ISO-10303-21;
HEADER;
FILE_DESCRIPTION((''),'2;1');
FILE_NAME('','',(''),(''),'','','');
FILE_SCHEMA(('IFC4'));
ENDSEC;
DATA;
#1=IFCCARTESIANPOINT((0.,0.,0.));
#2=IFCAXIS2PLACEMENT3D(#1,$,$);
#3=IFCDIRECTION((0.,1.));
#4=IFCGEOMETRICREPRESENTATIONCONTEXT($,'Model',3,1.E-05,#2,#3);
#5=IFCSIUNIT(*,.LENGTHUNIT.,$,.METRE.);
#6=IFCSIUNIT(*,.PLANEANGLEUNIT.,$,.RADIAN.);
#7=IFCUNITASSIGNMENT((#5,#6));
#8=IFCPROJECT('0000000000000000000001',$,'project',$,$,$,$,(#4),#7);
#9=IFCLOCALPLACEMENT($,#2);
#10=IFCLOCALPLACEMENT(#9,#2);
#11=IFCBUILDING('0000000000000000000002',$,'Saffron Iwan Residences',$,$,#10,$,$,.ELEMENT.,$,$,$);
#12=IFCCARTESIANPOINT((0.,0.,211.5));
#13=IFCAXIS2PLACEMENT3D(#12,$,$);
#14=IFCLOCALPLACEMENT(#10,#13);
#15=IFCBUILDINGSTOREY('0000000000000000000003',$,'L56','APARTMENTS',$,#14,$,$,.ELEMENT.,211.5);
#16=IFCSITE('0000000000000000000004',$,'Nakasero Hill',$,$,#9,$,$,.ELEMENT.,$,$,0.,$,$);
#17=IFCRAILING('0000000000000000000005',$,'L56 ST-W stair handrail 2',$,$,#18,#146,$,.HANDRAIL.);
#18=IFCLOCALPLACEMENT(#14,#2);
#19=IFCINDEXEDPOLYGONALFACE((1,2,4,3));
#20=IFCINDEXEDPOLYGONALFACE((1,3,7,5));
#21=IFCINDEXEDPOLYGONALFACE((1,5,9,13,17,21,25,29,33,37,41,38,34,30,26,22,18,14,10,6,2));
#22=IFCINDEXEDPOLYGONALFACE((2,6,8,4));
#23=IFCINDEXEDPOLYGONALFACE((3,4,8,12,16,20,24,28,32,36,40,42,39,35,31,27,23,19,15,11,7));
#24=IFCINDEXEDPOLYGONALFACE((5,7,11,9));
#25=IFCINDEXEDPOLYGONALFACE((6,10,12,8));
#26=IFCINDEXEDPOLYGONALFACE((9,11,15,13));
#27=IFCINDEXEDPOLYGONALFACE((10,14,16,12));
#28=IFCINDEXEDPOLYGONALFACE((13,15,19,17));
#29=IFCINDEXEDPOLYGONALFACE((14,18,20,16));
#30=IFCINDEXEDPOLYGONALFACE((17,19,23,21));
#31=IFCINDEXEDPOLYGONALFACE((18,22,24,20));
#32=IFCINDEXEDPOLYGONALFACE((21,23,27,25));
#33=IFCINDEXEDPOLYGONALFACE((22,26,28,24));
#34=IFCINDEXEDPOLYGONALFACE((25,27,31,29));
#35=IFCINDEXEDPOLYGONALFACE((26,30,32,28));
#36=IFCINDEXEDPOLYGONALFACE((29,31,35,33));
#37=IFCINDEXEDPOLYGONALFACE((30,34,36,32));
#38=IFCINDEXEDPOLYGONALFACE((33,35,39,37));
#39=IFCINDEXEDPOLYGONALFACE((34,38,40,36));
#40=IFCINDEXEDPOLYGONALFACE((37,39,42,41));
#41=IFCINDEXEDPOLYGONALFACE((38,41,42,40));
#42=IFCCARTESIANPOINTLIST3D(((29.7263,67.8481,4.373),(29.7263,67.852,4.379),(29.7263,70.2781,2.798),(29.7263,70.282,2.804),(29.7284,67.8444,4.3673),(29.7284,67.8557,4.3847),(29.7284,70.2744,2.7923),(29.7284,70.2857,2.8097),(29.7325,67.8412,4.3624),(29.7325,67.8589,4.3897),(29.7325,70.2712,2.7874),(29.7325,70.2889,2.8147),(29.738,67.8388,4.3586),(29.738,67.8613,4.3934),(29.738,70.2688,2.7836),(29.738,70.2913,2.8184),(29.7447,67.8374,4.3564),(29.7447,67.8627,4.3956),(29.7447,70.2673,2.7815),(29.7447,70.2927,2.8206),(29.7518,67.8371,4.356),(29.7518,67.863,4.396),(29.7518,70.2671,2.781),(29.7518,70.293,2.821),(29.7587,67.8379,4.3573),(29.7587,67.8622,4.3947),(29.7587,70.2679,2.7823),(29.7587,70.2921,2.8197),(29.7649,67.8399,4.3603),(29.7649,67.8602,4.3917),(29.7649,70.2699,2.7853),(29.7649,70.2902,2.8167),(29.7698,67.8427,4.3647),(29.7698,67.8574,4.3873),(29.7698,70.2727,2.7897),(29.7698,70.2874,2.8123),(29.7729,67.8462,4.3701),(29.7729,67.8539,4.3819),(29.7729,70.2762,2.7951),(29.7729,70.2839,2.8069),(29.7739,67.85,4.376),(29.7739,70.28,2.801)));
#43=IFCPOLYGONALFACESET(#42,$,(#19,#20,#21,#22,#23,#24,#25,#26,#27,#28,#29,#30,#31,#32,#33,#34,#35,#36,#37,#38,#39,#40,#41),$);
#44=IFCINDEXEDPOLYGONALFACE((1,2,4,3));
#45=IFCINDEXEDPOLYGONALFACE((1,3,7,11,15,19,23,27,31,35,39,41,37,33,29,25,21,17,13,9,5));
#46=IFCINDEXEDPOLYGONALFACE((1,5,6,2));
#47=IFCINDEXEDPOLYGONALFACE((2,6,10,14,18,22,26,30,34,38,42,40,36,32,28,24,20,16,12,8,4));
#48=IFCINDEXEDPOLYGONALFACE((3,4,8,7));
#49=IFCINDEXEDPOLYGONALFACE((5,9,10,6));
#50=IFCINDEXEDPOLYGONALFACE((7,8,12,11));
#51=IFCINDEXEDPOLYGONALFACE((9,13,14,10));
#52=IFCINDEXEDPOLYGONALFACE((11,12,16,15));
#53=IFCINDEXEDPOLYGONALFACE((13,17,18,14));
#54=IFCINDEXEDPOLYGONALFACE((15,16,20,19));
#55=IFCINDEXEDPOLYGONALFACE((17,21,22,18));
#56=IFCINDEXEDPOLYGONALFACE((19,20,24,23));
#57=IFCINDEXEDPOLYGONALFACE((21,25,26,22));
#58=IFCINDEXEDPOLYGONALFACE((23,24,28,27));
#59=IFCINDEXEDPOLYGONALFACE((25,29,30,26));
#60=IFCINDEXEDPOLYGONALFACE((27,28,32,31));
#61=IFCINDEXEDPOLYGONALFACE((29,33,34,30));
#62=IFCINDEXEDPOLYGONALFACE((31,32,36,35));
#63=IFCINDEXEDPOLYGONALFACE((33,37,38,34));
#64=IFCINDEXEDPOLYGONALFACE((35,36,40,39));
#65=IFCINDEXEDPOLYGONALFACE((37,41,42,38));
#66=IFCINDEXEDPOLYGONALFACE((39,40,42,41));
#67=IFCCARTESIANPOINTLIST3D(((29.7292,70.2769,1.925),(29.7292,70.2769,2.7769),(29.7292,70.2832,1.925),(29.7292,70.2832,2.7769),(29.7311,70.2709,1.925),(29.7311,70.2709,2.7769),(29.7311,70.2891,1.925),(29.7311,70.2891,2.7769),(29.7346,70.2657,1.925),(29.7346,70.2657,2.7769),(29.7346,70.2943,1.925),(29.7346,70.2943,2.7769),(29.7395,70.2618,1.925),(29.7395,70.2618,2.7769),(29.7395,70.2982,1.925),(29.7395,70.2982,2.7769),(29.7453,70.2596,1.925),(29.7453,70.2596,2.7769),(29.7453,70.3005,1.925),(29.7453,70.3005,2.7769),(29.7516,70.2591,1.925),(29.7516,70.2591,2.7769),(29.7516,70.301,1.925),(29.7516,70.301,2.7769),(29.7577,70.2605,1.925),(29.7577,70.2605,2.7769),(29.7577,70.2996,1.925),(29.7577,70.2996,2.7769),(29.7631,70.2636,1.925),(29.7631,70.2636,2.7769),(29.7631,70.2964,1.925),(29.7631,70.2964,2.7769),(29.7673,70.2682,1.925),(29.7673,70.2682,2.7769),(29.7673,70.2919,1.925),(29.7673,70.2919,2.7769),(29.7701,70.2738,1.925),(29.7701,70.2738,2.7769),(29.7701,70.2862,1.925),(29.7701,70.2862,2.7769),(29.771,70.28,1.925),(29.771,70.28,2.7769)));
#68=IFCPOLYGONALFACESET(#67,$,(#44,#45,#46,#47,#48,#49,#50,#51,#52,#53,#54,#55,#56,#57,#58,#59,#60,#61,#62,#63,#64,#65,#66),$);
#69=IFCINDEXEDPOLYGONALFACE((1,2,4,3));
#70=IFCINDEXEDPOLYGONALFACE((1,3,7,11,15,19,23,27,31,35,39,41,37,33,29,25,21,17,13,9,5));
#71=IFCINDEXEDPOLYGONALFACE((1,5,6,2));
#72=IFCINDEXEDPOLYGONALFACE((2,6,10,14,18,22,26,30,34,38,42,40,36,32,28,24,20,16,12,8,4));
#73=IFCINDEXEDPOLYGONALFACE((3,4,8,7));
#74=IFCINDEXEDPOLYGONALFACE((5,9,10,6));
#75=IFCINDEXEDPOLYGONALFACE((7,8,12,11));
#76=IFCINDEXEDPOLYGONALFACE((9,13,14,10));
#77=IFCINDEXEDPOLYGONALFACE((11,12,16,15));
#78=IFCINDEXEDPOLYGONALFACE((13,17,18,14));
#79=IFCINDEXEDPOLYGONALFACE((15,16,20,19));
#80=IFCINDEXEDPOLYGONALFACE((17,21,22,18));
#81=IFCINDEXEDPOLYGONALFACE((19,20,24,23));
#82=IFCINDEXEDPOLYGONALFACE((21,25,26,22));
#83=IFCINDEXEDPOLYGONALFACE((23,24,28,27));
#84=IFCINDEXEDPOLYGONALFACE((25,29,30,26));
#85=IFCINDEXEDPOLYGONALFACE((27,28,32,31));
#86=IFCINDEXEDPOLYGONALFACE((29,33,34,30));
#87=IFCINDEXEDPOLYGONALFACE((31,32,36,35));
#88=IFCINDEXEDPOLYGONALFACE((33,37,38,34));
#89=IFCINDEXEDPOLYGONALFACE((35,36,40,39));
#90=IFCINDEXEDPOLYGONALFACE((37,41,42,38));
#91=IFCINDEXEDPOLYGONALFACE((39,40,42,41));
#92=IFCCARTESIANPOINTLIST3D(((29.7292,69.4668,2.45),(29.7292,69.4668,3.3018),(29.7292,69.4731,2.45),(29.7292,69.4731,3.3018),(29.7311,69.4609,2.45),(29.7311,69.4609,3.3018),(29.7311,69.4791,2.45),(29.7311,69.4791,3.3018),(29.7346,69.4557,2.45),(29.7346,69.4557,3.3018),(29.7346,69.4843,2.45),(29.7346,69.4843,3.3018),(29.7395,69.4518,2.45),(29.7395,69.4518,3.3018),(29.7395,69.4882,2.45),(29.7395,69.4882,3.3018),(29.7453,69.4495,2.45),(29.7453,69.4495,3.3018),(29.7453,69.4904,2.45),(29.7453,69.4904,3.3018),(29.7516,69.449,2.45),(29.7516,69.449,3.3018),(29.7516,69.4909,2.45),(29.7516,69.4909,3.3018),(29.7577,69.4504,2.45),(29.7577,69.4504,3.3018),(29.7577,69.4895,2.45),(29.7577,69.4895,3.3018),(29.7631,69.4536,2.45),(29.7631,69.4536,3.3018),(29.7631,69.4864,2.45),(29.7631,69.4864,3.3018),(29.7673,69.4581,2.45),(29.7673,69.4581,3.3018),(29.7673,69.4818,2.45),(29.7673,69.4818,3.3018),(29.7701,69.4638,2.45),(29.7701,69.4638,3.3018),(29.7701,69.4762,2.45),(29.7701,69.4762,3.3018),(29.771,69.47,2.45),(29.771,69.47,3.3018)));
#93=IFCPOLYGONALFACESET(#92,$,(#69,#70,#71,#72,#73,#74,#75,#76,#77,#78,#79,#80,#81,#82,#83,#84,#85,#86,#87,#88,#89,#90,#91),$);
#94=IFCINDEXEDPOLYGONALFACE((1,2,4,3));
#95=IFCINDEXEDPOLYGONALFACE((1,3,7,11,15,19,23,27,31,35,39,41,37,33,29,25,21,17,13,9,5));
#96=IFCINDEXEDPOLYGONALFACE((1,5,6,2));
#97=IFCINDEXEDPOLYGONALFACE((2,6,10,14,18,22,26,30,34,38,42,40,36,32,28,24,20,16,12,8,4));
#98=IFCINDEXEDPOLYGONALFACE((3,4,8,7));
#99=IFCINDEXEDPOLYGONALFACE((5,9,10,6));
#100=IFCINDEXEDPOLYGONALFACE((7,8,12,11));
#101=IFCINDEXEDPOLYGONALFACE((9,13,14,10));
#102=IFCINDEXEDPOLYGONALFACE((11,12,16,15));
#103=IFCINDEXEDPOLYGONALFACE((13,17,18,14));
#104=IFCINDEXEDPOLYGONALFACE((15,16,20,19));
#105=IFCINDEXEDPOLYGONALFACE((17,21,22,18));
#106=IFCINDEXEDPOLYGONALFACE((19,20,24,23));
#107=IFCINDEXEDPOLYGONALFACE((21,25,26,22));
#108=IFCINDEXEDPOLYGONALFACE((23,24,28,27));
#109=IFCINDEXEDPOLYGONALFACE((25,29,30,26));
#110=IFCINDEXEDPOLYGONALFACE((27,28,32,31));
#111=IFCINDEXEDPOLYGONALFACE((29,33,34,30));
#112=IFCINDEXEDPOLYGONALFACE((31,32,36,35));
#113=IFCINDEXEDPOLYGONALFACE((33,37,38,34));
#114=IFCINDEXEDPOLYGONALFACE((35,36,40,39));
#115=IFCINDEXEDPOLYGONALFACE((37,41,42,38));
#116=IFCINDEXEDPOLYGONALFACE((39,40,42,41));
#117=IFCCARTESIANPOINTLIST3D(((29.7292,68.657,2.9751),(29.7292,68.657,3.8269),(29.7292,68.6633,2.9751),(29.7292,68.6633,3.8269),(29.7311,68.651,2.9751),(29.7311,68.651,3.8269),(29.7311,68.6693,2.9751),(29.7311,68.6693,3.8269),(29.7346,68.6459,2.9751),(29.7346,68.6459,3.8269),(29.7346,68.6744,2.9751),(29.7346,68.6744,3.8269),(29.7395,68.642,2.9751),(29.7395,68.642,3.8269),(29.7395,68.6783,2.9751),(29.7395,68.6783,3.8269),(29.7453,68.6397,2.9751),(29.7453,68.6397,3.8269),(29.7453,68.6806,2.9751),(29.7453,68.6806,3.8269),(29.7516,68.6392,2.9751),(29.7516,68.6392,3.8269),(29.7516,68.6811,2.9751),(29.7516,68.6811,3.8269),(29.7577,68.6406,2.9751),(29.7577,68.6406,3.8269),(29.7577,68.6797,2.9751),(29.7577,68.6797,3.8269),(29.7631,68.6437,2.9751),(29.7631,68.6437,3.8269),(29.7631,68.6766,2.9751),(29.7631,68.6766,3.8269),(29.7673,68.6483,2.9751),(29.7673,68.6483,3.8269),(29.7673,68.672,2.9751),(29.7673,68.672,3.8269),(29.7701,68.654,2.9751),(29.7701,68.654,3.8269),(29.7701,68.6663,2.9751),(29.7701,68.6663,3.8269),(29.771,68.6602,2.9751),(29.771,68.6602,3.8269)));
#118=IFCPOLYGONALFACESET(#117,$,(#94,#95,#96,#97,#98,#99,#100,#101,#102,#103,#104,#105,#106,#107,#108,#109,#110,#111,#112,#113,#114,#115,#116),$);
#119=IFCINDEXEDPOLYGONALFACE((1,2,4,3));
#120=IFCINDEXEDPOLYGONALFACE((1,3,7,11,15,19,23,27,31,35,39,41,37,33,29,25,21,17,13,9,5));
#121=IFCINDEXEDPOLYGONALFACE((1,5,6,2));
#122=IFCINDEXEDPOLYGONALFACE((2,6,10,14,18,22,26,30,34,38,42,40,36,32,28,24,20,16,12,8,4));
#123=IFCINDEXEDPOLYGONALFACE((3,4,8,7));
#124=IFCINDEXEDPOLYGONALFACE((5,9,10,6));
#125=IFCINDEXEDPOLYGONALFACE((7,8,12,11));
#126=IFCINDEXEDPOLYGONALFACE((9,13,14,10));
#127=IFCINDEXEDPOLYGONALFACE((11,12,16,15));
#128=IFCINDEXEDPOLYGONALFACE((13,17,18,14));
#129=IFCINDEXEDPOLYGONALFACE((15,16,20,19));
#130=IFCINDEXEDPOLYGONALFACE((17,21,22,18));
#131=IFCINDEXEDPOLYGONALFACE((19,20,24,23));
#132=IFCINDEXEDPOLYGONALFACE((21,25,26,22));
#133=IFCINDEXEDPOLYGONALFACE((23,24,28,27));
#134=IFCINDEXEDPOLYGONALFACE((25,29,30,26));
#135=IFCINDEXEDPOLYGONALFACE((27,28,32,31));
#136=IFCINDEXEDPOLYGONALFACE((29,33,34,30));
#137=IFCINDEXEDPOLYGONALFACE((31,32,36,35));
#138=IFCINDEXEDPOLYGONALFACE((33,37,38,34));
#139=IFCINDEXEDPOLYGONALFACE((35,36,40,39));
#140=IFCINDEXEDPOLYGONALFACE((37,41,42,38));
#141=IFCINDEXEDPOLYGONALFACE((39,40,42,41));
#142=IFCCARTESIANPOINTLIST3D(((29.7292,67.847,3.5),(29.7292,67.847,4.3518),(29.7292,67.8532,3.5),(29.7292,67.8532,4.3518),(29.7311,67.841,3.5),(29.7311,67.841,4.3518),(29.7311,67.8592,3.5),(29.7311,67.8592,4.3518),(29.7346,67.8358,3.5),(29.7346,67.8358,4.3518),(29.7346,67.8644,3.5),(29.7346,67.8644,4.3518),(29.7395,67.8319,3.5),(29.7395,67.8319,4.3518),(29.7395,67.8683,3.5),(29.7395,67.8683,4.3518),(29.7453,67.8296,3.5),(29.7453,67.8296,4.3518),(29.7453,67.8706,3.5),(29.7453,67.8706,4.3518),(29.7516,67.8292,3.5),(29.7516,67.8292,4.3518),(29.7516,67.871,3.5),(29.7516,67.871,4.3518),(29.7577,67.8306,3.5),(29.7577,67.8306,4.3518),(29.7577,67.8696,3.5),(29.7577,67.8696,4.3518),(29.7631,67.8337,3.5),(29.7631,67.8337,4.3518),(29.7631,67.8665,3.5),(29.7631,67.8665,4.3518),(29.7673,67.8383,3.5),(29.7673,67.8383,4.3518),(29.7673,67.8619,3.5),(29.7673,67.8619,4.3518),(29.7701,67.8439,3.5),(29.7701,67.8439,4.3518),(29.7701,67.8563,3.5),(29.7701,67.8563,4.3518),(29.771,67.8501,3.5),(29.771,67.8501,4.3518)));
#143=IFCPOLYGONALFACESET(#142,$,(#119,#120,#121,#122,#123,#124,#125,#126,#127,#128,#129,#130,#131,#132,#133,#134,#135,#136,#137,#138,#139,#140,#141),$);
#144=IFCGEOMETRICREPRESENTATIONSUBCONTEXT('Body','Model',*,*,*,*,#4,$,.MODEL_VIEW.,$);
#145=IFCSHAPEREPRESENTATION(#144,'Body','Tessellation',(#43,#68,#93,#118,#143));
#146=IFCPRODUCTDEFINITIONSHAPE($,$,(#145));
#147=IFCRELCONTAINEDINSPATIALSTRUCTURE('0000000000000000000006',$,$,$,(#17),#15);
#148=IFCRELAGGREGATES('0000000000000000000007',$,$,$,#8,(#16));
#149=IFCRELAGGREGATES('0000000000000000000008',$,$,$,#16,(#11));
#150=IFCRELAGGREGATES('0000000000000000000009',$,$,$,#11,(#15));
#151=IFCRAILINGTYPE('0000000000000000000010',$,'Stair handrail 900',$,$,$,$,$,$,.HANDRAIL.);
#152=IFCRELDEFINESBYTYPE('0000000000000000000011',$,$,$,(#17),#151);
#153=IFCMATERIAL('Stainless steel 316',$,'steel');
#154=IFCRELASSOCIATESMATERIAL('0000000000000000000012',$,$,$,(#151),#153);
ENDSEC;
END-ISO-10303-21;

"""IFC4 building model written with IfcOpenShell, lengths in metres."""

from ifc_helpers import new_model, si_unit, direction, frame, origin, origin_2d, place, context, subcontext, project, spatial, circle, extrude, material, type_object, element, save


model = new_model("IFC4")

# Units and contexts
model_context = context("Model", 3, precision=1e-05, world=origin(), true_north=direction((0.0, 1.0)))
body_context = subcontext(model_context, "Body", "Model", "MODEL_VIEW")
ifc_project = project(units=[si_unit("LENGTHUNIT", "METRE"), si_unit("PLANEANGLEUNIT", "RADIAN")], contexts=[model_context])

# Site, building, storey
site_placement = place(None, origin())
site = spatial("IfcSite", under=ifc_project, at=site_placement, Name="Nakasero Hill", CompositionType="ELEMENT", RefElevation=0.0)
building_placement = place(site_placement, origin())
building = spatial("IfcBuilding", under=site, at=building_placement, Name="Saffron Iwan Residences", CompositionType="ELEMENT")
storey_placement = place(building_placement, frame((0.0, 0.0, 211.5)))
storey = spatial("IfcBuildingStorey", under=building, at=storey_placement, Name="L56", Description="APARTMENTS", CompositionType="ELEMENT", Elevation=211.5)

# Railing
ifc_material_1 = material(Name="Stainless steel 316", Category="steel")
railing_type_1 = type_object("IfcRailingType", Name="Stair handrail 900", PredefinedType="HANDRAIL", material=ifc_material_1)
railing_1_placement = place(storey_placement, frame((29.75, 70.28, 1.925)))
element("IfcRailing", 1, at=railing_1_placement, inside=storey, type_object=railing_type_1, Name="L56 ST-W stair handrail 2", PredefinedType="HANDRAIL", context=body_context, shape_type="SweptSolid", body=[
    extrude(circle(Radius=0.0239, at=origin_2d()), frame((0.0, 0.0, 0.876), z_axis=(0.0, -0.839154, 0.543894), x_axis=(1.0, 0.0, 0.0)), (0.0, 0.0, 1.0), 2.8958),
    extrude(circle(Radius=0.021, at=origin_2d()), origin(), (0.0, 0.0, 1.0), 0.8518),
    extrude(circle(Radius=0.021, at=origin_2d()), frame((0.0, -0.8101, 0.5249)), (0.0, 0.0, 1.0), 0.8518),
    extrude(circle(Radius=0.021, at=origin_2d()), frame((0.0, -1.6199, 1.05)), (0.0, 0.0, 1.0), 0.8518),
    extrude(circle(Radius=0.021, at=origin_2d()), frame((0.0, -2.4299, 1.575)), (0.0, 0.0, 1.0), 0.8518),
])

save(model, "model.ifc")
